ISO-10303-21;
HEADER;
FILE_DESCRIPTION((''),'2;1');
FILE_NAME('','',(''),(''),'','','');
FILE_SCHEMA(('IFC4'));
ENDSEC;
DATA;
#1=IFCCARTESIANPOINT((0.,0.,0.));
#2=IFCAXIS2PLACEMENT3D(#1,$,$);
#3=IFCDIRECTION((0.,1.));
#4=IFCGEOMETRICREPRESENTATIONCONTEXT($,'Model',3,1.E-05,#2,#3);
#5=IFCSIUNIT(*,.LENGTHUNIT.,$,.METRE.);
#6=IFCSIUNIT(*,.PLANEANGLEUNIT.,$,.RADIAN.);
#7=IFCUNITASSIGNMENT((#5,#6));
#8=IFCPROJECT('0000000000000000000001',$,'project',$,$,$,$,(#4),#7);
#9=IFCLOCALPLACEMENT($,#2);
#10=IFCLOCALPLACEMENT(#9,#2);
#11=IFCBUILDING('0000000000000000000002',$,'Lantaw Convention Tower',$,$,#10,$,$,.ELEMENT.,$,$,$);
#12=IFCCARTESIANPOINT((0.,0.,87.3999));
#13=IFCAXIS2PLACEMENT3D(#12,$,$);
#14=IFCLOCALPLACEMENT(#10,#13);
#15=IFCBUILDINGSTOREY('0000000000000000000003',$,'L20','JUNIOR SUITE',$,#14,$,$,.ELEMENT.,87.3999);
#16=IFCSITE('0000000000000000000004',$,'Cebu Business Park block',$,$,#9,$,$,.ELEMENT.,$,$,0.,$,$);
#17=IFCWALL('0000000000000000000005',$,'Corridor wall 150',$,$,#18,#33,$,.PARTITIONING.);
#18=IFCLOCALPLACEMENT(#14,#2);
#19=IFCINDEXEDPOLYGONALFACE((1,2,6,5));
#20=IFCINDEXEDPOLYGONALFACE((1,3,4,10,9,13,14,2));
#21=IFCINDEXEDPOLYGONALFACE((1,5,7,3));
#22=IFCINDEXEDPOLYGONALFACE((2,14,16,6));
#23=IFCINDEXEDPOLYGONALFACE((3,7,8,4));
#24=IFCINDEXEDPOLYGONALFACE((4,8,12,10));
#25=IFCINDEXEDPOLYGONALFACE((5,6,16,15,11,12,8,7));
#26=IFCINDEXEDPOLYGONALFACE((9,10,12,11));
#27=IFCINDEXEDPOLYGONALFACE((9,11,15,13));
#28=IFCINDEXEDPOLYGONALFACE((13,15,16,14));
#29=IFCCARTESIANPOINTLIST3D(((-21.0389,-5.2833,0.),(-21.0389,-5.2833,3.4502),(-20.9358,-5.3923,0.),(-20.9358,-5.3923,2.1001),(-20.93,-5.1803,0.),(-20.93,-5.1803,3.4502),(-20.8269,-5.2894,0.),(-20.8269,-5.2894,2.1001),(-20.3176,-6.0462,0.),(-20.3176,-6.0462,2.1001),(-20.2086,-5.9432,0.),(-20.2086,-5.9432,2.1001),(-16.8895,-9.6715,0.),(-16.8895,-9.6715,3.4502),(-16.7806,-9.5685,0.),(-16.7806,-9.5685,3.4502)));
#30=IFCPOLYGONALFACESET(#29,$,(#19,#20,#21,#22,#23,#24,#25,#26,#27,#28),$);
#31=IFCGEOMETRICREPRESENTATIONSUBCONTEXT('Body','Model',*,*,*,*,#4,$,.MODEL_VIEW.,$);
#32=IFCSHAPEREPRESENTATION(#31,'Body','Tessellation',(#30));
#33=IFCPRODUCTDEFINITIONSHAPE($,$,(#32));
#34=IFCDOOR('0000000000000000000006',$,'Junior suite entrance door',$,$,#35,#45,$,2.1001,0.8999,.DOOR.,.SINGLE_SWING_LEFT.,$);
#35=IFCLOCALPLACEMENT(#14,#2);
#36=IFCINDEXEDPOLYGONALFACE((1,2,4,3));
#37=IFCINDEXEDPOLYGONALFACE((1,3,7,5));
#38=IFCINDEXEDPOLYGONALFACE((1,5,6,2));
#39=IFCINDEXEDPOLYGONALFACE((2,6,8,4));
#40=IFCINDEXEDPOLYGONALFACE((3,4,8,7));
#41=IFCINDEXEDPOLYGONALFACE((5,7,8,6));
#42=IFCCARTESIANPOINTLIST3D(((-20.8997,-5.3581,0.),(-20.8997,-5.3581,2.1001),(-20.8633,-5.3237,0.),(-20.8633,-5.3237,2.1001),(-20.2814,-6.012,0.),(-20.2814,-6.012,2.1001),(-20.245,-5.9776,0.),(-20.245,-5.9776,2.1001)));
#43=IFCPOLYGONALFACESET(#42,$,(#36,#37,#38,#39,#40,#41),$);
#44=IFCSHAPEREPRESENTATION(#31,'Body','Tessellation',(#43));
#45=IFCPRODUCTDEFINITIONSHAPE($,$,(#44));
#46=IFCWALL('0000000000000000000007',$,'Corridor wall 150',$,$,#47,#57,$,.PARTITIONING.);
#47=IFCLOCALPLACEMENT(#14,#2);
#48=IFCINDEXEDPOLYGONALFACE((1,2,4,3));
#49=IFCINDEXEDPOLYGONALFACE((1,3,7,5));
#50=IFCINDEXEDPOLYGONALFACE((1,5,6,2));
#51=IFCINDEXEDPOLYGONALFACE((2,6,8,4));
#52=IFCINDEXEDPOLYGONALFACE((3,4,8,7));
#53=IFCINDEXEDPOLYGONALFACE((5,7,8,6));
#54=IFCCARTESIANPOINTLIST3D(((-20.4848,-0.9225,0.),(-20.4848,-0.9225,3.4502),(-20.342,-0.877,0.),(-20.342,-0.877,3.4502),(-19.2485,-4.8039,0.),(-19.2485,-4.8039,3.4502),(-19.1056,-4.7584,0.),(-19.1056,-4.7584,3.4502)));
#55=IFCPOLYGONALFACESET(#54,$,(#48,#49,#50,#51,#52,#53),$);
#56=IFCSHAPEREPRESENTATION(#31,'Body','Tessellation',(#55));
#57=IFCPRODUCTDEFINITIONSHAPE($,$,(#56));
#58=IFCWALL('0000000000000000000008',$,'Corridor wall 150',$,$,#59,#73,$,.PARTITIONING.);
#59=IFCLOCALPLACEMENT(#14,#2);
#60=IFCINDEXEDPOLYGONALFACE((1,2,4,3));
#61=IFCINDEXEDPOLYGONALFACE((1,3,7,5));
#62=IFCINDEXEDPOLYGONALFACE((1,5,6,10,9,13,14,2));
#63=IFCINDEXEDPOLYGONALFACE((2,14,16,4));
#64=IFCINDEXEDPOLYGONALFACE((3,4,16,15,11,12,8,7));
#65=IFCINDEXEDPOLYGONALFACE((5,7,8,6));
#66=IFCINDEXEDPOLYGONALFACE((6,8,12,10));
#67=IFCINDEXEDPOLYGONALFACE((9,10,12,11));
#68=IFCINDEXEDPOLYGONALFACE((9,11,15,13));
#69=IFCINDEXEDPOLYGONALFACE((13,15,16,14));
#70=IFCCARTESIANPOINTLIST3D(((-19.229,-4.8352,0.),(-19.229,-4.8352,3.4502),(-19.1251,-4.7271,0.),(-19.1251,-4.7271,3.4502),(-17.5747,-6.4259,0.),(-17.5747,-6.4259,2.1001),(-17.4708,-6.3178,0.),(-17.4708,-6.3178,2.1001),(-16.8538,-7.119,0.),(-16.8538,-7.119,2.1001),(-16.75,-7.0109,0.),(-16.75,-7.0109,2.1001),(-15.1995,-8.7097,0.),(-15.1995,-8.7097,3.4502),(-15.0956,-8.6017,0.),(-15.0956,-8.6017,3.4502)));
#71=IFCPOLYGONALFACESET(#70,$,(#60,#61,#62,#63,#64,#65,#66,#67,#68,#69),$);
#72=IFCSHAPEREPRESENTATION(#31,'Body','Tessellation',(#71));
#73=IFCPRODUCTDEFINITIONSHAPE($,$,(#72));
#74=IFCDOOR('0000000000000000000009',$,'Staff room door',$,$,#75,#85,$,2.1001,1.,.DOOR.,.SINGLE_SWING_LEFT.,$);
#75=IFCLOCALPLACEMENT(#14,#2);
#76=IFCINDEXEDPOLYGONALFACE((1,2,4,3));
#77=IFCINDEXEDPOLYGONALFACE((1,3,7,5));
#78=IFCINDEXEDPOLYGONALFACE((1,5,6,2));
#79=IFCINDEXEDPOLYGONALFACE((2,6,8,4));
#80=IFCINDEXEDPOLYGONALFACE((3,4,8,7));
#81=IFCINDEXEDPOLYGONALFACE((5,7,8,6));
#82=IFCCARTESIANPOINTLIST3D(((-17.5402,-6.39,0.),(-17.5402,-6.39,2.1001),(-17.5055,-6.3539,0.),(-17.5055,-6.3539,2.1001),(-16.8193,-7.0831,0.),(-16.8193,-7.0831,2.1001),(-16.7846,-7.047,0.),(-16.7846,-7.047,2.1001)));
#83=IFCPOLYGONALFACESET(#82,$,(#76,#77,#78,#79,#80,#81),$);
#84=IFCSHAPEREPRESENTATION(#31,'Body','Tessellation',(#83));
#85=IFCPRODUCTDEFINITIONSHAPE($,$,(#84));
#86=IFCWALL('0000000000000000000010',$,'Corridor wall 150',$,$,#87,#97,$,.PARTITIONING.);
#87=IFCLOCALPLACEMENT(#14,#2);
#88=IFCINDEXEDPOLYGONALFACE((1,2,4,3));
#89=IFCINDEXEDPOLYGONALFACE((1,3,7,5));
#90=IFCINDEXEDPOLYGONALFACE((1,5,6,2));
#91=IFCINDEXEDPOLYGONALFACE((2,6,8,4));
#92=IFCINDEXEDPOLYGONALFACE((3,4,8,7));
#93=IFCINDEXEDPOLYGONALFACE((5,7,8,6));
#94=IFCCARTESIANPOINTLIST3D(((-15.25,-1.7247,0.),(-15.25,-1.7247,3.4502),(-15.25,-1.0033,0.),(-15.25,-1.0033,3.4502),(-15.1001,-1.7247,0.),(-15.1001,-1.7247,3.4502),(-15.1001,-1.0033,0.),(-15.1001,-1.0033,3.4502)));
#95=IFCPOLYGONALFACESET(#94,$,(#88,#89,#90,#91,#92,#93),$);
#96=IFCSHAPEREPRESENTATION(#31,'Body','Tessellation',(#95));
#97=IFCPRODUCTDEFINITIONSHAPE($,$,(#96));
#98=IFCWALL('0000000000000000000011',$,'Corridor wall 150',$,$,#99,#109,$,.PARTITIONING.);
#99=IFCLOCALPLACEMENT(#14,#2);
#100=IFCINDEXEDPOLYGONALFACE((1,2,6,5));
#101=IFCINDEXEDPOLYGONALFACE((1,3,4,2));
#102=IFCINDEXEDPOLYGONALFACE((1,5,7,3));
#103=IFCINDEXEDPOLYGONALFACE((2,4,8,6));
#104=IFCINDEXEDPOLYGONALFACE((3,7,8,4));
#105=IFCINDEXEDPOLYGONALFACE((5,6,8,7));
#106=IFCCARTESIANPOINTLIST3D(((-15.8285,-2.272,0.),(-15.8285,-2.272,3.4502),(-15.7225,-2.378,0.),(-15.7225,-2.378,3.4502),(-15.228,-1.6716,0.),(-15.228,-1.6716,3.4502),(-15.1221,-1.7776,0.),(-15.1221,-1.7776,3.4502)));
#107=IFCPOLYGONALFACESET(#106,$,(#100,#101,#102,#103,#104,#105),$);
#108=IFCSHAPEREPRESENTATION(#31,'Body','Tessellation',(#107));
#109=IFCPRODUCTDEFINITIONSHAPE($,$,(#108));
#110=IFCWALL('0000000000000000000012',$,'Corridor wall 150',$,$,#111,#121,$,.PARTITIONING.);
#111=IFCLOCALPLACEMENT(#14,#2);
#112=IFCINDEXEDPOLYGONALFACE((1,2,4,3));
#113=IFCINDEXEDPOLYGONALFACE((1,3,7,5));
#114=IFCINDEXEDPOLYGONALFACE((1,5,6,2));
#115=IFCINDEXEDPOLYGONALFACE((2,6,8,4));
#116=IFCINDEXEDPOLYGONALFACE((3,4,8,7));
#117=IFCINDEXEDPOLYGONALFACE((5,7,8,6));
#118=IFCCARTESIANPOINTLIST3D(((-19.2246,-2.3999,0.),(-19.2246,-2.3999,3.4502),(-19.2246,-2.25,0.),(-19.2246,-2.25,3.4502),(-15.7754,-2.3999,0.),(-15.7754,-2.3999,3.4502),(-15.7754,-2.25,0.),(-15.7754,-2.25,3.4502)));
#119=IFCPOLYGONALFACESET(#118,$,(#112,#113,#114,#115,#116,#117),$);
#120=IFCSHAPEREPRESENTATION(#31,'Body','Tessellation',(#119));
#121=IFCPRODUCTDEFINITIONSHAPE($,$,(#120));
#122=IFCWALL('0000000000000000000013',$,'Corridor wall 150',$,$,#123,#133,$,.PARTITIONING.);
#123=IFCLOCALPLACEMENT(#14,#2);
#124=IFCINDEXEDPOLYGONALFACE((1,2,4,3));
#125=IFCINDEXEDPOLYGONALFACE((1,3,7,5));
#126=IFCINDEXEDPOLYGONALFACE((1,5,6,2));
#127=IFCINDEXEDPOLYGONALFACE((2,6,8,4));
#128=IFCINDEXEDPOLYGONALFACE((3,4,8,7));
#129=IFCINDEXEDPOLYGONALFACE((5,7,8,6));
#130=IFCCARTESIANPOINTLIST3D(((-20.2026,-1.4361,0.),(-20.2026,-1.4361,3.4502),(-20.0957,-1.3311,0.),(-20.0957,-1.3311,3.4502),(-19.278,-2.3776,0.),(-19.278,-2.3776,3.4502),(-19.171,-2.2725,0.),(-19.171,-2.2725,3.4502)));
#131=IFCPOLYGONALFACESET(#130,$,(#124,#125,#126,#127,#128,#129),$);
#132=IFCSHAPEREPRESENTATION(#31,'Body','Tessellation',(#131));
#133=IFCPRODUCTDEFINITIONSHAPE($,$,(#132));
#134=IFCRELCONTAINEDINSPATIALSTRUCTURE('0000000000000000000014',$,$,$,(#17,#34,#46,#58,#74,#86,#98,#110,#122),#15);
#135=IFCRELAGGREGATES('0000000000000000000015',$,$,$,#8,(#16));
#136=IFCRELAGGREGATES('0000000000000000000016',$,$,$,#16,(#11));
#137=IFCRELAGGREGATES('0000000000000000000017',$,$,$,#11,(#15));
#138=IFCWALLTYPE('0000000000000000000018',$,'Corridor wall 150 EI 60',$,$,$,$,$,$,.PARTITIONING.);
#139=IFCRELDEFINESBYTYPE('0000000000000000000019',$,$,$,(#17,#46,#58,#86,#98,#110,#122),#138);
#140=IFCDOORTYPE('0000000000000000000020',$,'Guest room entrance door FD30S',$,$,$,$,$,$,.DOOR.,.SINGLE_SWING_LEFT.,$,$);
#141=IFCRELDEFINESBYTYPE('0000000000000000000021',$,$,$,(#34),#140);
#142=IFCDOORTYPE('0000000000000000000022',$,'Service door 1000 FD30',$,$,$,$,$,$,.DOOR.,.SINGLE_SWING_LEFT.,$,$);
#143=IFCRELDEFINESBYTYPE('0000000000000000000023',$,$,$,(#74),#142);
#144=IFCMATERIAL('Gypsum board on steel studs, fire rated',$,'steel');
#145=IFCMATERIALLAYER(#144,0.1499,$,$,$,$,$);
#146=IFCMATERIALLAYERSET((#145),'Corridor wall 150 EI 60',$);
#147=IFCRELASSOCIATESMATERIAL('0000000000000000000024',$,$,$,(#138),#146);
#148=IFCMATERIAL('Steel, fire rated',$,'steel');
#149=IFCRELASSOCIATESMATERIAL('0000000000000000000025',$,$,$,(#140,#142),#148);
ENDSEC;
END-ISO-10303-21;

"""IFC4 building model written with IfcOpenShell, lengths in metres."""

from ifc_helpers import new_model, si_unit, direction, frame, frame_2d, origin, place, context, subcontext, project, spatial, rectangle, extrude, material, layer, layer_set, type_object, element, fill, save


model = new_model("IFC4")

# Units and contexts
model_context = context("Model", 3, precision=1e-05, world=origin(), true_north=direction((0.0, 1.0)))
body_context = subcontext(model_context, "Body", "Model", "MODEL_VIEW")
ifc_project = project(units=[si_unit("LENGTHUNIT", "METRE"), si_unit("PLANEANGLEUNIT", "RADIAN")], contexts=[model_context])

# Site, building, storey
site_placement = place(None, origin())
site = spatial("IfcSite", under=ifc_project, at=site_placement, Name="Cebu Business Park block", CompositionType="ELEMENT", RefElevation=0.0)
building_placement = place(site_placement, origin())
building = spatial("IfcBuilding", under=site, at=building_placement, Name="Lantaw Convention Tower", CompositionType="ELEMENT")
storey_placement = place(building_placement, frame((0.0, 0.0, 87.3999)))
storey = spatial("IfcBuildingStorey", under=building, at=storey_placement, Name="L20", Description="JUNIOR SUITE", CompositionType="ELEMENT", Elevation=87.3999)

# Shared definitions
ifc_material_1 = material(Name="Gypsum board on steel studs, fire rated", Category="steel")
ifc_layer_1 = layer(ifc_material_1, 0.1499)
ifc_layer_set_1 = layer_set([ifc_layer_1], Name="Corridor wall 150 EI 60")
wall_type_1 = type_object("IfcWallType", Name="Corridor wall 150 EI 60", PredefinedType="PARTITIONING", material=ifc_layer_set_1)

# Wall, opening, door
wall_1_placement = place(storey_placement, frame((-20.9844, -5.2319, 0.0), z_axis=(0.0, 0.0, 1.0), x_axis=(0.687063, -0.726598, 0.0)))
wall_1 = element("IfcWall", 1, at=wall_1_placement, inside=storey, type_object=wall_type_1, Name="Corridor wall 150", PredefinedType="PARTITIONING", context=body_context, shape_type="SweptSolid", body=[
    extrude(rectangle(XDim=6.0393, YDim=0.1499, at=frame_2d((3.0195, 0.0))), origin(), (0.0, 0.0, 1.0), 3.4502),
])
opening_1_placement = place(wall_1_placement, frame((0.1499, 0.0, 0.0)))
opening_1 = element("IfcOpeningElement", 2, at=opening_1_placement, cuts=wall_1, PredefinedType="OPENING", context=body_context, shape_type="SweptSolid", body=[
    extrude(rectangle(XDim=0.8999, YDim=2.1001, at=frame_2d((0.45, 1.05))), frame((0.0, 0.085, 0.0), z_axis=(0.0, -1.0, 0.0), x_axis=(1.0, 0.0, 0.0)), (0.0, 0.0, 1.0), 0.1699),
])
ifc_material_2 = material(Name="Steel, fire rated", Category="steel")
door_type_1 = type_object("IfcDoorType", Name="Guest room entrance door FD30S", OperationType="SINGLE_SWING_LEFT", PredefinedType="DOOR", material=ifc_material_2)
door_1_placement = place(opening_1_placement, origin())
door_1 = element("IfcDoor", 3, at=door_1_placement, inside=storey, type_object=door_type_1, Name="Junior suite entrance door", OperationType="SINGLE_SWING_LEFT", OverallHeight=2.1001, OverallWidth=0.8999, PredefinedType="DOOR", context=body_context, shape_type="SweptSolid", body=[
    extrude(rectangle(XDim=0.8999, YDim=2.1001, at=frame_2d((0.45, 1.05))), frame((0.0, 0.0249, 0.0), z_axis=(0.0, -1.0, 0.0), x_axis=(1.0, 0.0, 0.0)), (0.0, 0.0, 1.0), 0.05),
])
fill(opening_1, door_1)

# Wall
wall_2_placement = place(storey_placement, frame((-20.4133, -0.8999, 0.0), z_axis=(0.0, 0.0, 1.0), x_axis=(0.303505, -0.95283, 0.0)))
element("IfcWall", 4, at=wall_2_placement, inside=storey, type_object=wall_type_1, Name="Corridor wall 150", PredefinedType="PARTITIONING", context=body_context, shape_type="SweptSolid", body=[
    extrude(rectangle(XDim=4.0735, YDim=0.1499, at=frame_2d((2.0366, 0.0))), origin(), (0.0, 0.0, 1.0), 3.4502),
])

# Wall, opening, door
wall_3_placement = place(storey_placement, frame((-19.177, -4.7812, 0.0), z_axis=(0.0, 0.0, 1.0), x_axis=(0.720837, -0.693104, 0.0)))
wall_3 = element("IfcWall", 5, at=wall_3_placement, inside=storey, type_object=wall_type_1, Name="Corridor wall 150", PredefinedType="PARTITIONING", context=body_context, shape_type="SweptSolid", body=[
    extrude(rectangle(XDim=5.5901, YDim=0.1499, at=frame_2d((2.7949, 0.0))), origin(), (0.0, 0.0, 1.0), 3.4502),
])
opening_2_placement = place(wall_3_placement, frame((2.2949, 0.0, 0.0)))
opening_2 = element("IfcOpeningElement", 6, at=opening_2_placement, cuts=wall_3, PredefinedType="OPENING", context=body_context, shape_type="SweptSolid", body=[
    extrude(rectangle(XDim=1.0, YDim=2.1001, at=frame_2d((0.5, 1.05))), frame((0.0, 0.085, 0.0), z_axis=(0.0, -1.0, 0.0), x_axis=(1.0, 0.0, 0.0)), (0.0, 0.0, 1.0), 0.1699),
])
door_type_2 = type_object("IfcDoorType", Name="Service door 1000 FD30", OperationType="SINGLE_SWING_LEFT", PredefinedType="DOOR", material=ifc_material_2)
door_2_placement = place(opening_2_placement, origin())
door_2 = element("IfcDoor", 7, at=door_2_placement, inside=storey, type_object=door_type_2, Name="Staff room door", OperationType="SINGLE_SWING_LEFT", OverallHeight=2.1001, OverallWidth=1.0, PredefinedType="DOOR", context=body_context, shape_type="SweptSolid", body=[
    extrude(rectangle(XDim=1.0, YDim=2.1001, at=frame_2d((0.5, 1.05))), frame((0.0, 0.0249, 0.0), z_axis=(0.0, -1.0, 0.0), x_axis=(1.0, 0.0, 0.0)), (0.0, 0.0, 1.0), 0.05),
])
fill(opening_2, door_2)

# Walls
wall_4_placement = place(storey_placement, frame((-15.175, -1.0032, 0.0), z_axis=(0.0, 0.0, 1.0), x_axis=(0.0, -1.0, 0.0)))
element("IfcWall", 8, at=wall_4_placement, inside=storey, type_object=wall_type_1, Name="Corridor wall 150", PredefinedType="PARTITIONING", context=body_context, shape_type="SweptSolid", body=[
    extrude(rectangle(XDim=0.7214, YDim=0.1499, at=frame_2d((0.3608, 0.0))), origin(), (0.0, 0.0, 1.0), 3.4502),
])
wall_5_placement = place(storey_placement, frame((-15.175, -1.7246, 0.0), z_axis=(0.0, 0.0, 1.0), x_axis=(-0.707107, -0.707107, 0.0)))
element("IfcWall", 9, at=wall_5_placement, inside=storey, type_object=wall_type_1, Name="Corridor wall 150", PredefinedType="PARTITIONING", context=body_context, shape_type="SweptSolid", body=[
    extrude(rectangle(XDim=0.8491, YDim=0.1499, at=frame_2d((0.4246, 0.0))), origin(), (0.0, 0.0, 1.0), 3.4502),
])
wall_6_placement = place(storey_placement, frame((-15.7754, -2.325, 0.0), z_axis=(0.0, 0.0, 1.0), x_axis=(-1.0, 0.0, 0.0)))
element("IfcWall", 10, at=wall_6_placement, inside=storey, type_object=wall_type_1, Name="Corridor wall 150", PredefinedType="PARTITIONING", context=body_context, shape_type="SweptSolid", body=[
    extrude(rectangle(XDim=3.4492, YDim=0.1499, at=frame_2d((1.7246, 0.0))), origin(), (0.0, 0.0, 1.0), 3.4502),
])
wall_7_placement = place(storey_placement, frame((-19.2246, -2.325, 0.0), z_axis=(0.0, 0.0, 1.0), x_axis=(-0.700695, 0.713461, 0.0)))
element("IfcWall", 11, at=wall_7_placement, inside=storey, type_object=wall_type_1, Name="Corridor wall 150", PredefinedType="PARTITIONING", context=body_context, shape_type="SweptSolid", body=[
    extrude(rectangle(XDim=1.3196, YDim=0.1499, at=frame_2d((0.6597, 0.0))), origin(), (0.0, 0.0, 1.0), 3.4502),
])

save(model, "model.ifc")
